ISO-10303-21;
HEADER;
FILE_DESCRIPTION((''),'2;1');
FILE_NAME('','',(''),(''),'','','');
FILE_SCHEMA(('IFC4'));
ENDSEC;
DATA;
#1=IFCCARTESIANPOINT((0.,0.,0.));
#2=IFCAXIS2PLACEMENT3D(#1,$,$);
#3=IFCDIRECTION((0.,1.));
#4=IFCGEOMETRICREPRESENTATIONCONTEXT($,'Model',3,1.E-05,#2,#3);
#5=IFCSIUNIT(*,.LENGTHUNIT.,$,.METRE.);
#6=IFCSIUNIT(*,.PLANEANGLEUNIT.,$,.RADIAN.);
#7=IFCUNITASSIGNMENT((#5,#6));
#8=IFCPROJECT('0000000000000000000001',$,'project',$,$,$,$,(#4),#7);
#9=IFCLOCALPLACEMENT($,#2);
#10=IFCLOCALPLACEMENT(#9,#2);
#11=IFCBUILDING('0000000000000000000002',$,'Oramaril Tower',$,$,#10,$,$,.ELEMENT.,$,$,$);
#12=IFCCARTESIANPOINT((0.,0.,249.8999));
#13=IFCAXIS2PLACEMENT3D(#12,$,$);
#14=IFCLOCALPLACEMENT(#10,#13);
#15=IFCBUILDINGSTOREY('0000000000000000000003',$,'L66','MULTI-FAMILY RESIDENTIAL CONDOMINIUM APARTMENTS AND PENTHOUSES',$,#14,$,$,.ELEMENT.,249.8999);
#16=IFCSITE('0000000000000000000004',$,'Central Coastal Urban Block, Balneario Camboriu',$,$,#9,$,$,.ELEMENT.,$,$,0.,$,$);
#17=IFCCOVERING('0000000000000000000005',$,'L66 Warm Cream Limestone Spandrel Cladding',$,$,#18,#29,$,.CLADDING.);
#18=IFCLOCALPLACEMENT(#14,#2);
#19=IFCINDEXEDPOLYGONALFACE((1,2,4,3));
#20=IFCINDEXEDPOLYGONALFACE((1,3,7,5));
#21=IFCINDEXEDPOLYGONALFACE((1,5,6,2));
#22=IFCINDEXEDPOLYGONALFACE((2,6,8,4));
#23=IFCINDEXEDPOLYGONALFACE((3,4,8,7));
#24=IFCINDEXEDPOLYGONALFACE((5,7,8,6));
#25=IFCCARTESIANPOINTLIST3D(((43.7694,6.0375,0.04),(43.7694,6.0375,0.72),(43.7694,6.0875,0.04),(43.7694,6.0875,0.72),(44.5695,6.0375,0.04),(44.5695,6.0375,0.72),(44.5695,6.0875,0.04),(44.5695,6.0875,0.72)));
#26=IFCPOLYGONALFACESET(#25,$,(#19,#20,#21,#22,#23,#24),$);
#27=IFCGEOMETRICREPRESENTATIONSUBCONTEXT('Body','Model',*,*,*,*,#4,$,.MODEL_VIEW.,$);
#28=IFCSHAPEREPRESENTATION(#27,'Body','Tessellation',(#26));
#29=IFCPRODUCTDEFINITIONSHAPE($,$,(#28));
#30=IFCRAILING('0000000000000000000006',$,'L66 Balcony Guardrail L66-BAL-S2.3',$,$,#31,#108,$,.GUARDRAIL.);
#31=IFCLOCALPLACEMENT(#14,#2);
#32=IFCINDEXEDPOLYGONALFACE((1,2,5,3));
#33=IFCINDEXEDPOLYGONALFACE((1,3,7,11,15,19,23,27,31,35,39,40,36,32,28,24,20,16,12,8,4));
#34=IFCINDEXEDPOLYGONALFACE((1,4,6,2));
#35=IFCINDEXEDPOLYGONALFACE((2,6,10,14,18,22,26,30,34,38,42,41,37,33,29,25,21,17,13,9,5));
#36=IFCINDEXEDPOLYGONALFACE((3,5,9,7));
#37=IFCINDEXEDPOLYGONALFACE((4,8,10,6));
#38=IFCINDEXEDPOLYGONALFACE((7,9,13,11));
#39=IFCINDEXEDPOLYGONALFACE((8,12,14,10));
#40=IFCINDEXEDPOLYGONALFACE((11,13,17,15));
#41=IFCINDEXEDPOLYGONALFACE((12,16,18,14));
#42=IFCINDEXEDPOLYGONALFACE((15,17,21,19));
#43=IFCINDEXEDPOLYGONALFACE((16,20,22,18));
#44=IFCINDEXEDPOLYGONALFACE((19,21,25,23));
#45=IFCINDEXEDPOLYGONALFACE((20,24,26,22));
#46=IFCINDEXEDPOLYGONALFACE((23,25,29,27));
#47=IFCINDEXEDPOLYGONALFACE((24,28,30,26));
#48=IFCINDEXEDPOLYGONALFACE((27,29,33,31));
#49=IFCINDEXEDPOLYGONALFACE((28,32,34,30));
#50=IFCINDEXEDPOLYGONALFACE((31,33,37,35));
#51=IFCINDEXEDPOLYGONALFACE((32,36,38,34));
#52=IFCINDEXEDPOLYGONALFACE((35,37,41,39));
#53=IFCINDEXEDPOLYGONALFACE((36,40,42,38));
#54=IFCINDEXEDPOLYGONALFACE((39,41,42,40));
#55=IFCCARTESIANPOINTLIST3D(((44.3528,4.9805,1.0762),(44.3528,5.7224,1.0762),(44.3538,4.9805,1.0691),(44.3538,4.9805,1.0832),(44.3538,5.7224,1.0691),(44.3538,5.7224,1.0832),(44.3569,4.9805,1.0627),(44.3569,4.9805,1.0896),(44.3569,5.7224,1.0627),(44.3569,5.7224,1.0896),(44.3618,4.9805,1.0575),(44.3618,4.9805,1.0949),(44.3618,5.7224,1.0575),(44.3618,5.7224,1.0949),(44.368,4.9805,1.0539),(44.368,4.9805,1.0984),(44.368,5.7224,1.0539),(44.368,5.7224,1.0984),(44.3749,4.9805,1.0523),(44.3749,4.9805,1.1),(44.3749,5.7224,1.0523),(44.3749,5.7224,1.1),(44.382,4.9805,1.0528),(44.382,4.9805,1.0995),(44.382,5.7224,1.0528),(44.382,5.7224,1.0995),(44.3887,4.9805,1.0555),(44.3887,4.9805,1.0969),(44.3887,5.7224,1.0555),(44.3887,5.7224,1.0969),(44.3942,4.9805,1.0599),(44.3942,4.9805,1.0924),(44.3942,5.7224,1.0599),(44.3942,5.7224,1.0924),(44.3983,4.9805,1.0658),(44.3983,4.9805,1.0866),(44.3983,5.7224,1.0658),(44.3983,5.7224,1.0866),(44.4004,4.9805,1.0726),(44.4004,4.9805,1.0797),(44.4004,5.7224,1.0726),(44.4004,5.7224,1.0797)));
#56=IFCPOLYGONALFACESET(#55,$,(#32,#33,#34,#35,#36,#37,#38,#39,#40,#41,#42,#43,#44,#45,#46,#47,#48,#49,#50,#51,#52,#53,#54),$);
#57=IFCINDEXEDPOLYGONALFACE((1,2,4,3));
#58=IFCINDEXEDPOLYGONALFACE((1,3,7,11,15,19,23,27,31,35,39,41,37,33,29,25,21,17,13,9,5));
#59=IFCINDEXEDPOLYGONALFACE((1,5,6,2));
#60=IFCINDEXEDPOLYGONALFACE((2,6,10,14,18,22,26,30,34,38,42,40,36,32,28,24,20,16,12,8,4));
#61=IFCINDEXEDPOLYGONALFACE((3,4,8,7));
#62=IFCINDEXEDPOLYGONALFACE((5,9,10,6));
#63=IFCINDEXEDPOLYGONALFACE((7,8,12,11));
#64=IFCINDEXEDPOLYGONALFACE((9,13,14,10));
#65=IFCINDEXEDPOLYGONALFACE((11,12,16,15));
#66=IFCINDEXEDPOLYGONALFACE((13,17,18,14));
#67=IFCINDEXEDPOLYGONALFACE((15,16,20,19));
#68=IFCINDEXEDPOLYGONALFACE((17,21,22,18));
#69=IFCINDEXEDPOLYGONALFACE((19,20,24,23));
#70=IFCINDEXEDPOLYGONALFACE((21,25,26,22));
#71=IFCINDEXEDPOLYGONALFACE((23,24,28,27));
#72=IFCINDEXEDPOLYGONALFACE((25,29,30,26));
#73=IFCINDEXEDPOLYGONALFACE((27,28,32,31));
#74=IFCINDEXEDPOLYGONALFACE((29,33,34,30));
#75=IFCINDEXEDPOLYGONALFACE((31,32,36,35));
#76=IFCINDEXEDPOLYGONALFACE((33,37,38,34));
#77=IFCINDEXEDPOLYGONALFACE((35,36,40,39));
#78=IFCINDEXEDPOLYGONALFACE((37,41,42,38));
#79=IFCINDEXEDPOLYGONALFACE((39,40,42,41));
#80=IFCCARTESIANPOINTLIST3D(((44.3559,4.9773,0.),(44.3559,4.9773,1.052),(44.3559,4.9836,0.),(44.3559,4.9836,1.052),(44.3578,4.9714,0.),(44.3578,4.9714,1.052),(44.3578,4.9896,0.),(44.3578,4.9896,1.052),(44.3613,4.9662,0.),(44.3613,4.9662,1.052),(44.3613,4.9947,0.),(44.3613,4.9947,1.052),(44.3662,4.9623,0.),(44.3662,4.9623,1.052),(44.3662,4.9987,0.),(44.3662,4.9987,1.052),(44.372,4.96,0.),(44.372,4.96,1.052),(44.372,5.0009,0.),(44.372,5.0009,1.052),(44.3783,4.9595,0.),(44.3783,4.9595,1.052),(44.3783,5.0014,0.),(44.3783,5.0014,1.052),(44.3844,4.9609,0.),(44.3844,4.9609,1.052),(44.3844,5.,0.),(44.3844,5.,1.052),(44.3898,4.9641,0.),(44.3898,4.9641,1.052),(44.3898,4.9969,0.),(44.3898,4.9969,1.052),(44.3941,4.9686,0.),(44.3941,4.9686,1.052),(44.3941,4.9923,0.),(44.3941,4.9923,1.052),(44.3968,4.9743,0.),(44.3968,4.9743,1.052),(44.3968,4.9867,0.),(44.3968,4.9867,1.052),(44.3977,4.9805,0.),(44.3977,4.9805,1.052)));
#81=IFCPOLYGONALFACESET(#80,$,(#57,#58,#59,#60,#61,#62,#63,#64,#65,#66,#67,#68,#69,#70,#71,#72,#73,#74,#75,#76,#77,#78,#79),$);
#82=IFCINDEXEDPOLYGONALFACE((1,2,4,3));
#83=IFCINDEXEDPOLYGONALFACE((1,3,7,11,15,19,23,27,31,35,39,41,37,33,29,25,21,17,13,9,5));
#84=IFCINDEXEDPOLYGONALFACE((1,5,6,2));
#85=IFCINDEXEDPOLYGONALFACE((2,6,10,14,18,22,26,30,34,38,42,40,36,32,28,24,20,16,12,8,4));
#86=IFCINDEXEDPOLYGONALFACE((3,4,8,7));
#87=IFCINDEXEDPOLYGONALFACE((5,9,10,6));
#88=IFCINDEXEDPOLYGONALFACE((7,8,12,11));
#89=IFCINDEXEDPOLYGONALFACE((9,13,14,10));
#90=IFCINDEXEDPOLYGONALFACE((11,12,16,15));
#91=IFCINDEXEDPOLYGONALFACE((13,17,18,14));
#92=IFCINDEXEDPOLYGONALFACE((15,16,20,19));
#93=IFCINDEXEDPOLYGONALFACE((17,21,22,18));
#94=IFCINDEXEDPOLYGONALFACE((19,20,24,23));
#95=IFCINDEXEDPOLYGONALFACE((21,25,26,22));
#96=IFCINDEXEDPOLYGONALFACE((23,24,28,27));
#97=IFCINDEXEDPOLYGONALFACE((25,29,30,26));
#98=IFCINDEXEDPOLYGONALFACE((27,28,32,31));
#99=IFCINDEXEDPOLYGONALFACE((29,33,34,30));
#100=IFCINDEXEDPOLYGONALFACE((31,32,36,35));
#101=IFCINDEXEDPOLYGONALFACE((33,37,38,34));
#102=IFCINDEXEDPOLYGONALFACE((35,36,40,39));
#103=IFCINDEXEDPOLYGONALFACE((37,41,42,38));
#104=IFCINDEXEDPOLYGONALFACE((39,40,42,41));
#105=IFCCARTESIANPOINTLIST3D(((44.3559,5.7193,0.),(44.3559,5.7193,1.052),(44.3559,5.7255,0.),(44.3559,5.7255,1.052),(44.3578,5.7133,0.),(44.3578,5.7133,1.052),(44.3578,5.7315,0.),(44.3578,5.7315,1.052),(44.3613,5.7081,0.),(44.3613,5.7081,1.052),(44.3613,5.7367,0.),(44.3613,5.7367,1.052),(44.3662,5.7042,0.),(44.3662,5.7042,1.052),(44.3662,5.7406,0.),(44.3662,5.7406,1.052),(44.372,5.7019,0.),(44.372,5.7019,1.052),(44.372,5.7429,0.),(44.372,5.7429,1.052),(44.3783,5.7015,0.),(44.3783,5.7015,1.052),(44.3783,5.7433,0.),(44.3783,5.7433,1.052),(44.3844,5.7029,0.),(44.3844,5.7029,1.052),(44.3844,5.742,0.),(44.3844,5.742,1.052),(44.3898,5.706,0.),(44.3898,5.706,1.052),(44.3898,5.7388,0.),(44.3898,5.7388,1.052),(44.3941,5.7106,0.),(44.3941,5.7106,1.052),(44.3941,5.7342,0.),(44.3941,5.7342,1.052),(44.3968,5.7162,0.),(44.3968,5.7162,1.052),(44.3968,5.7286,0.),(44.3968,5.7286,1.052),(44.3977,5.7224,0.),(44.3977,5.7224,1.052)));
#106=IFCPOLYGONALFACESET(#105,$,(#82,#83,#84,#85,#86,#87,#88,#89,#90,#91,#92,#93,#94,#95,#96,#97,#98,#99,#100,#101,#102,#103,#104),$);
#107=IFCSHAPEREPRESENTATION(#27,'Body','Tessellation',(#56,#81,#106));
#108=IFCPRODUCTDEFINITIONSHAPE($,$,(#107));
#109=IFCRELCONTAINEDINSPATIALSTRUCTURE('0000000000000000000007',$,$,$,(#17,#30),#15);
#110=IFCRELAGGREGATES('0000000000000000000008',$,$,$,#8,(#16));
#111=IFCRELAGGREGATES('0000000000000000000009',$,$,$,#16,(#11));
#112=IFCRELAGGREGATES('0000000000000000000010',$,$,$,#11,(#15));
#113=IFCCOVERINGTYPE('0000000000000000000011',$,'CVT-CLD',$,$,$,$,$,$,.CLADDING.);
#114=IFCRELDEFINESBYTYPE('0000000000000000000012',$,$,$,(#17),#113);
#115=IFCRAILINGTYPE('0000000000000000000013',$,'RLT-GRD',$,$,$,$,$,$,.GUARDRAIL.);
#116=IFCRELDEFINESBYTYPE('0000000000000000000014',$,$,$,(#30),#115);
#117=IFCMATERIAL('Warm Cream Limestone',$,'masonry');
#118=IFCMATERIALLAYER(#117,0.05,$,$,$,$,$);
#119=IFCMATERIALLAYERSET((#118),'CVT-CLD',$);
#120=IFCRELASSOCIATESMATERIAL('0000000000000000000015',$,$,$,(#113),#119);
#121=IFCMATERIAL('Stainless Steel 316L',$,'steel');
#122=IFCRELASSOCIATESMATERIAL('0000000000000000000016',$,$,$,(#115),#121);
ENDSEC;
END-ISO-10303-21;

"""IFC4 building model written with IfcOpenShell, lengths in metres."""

from ifc_helpers import new_model, si_unit, direction, frame, origin, origin_2d, place, context, subcontext, project, spatial, rectangle, circle, extrude, material, layer, layer_set, type_object, element, save


model = new_model("IFC4")

# Units and contexts
model_context = context("Model", 3, precision=1e-05, world=origin(), true_north=direction((0.0, 1.0)))
body_context = subcontext(model_context, "Body", "Model", "MODEL_VIEW")
ifc_project = project(units=[si_unit("LENGTHUNIT", "METRE"), si_unit("PLANEANGLEUNIT", "RADIAN")], contexts=[model_context])

# Site, building, storey
site_placement = place(None, origin())
site = spatial("IfcSite", under=ifc_project, at=site_placement, Name="Central Coastal Urban Block, Balneario Camboriu", CompositionType="ELEMENT", RefElevation=0.0)
building_placement = place(site_placement, origin())
building = spatial("IfcBuilding", under=site, at=building_placement, Name="Oramaril Tower", CompositionType="ELEMENT")
storey_placement = place(building_placement, frame((0.0, 0.0, 249.8999)))
storey = spatial("IfcBuildingStorey", under=building, at=storey_placement, Name="L66", Description="MULTI-FAMILY RESIDENTIAL CONDOMINIUM APARTMENTS AND PENTHOUSES", CompositionType="ELEMENT", Elevation=249.8999)

# Covering
ifc_material_1 = material(Name="Warm Cream Limestone", Category="masonry")
ifc_layer_1 = layer(ifc_material_1, 0.05)
ifc_layer_set_1 = layer_set([ifc_layer_1], Name="CVT-CLD")
covering_type = type_object("IfcCoveringType", Name="CVT-CLD", PredefinedType="CLADDING", material=ifc_layer_set_1)
covering_placement = place(storey_placement, frame((44.1694, 6.0625, 0.04), z_axis=(0.0, 0.0, 1.0), x_axis=(1.0, 0.0, 0.0)))
element("IfcCovering", 1, at=covering_placement, inside=storey, type_object=covering_type, Name="L66 Warm Cream Limestone Spandrel Cladding", PredefinedType="CLADDING", context=body_context, shape_type="SweptSolid", body=[
    extrude(rectangle(XDim=0.8, YDim=0.05, at=origin_2d()), origin(), (0.0, 0.0, 1.0), 0.6799),
])

# Railing
ifc_material_2 = material(Name="Stainless Steel 316L", Category="steel")
railing_type_1 = type_object("IfcRailingType", Name="RLT-GRD", PredefinedType="GUARDRAIL", material=ifc_material_2)
railing_1_placement = place(storey_placement, frame((44.3767, 4.9805, 0.0)))
element("IfcRailing", 2, at=railing_1_placement, inside=storey, type_object=railing_type_1, Name="L66 Balcony Guardrail L66-BAL-S2.3", PredefinedType="GUARDRAIL", context=body_context, shape_type="SweptSolid", body=[
    extrude(circle(Radius=0.0239, at=origin_2d()), frame((0.0, 0.0, 1.0762), z_axis=(0.0, 1.0, 0.0), x_axis=(-1.0, 0.0, 0.0)), (0.0, 0.0, 1.0), 0.7419),
    extrude(circle(Radius=0.021, at=origin_2d()), origin(), (0.0, 0.0, 1.0), 1.052),
    extrude(circle(Radius=0.021, at=origin_2d()), frame((0.0, 0.7419, 0.0)), (0.0, 0.0, 1.0), 1.052),
])

save(model, "model.ifc")
